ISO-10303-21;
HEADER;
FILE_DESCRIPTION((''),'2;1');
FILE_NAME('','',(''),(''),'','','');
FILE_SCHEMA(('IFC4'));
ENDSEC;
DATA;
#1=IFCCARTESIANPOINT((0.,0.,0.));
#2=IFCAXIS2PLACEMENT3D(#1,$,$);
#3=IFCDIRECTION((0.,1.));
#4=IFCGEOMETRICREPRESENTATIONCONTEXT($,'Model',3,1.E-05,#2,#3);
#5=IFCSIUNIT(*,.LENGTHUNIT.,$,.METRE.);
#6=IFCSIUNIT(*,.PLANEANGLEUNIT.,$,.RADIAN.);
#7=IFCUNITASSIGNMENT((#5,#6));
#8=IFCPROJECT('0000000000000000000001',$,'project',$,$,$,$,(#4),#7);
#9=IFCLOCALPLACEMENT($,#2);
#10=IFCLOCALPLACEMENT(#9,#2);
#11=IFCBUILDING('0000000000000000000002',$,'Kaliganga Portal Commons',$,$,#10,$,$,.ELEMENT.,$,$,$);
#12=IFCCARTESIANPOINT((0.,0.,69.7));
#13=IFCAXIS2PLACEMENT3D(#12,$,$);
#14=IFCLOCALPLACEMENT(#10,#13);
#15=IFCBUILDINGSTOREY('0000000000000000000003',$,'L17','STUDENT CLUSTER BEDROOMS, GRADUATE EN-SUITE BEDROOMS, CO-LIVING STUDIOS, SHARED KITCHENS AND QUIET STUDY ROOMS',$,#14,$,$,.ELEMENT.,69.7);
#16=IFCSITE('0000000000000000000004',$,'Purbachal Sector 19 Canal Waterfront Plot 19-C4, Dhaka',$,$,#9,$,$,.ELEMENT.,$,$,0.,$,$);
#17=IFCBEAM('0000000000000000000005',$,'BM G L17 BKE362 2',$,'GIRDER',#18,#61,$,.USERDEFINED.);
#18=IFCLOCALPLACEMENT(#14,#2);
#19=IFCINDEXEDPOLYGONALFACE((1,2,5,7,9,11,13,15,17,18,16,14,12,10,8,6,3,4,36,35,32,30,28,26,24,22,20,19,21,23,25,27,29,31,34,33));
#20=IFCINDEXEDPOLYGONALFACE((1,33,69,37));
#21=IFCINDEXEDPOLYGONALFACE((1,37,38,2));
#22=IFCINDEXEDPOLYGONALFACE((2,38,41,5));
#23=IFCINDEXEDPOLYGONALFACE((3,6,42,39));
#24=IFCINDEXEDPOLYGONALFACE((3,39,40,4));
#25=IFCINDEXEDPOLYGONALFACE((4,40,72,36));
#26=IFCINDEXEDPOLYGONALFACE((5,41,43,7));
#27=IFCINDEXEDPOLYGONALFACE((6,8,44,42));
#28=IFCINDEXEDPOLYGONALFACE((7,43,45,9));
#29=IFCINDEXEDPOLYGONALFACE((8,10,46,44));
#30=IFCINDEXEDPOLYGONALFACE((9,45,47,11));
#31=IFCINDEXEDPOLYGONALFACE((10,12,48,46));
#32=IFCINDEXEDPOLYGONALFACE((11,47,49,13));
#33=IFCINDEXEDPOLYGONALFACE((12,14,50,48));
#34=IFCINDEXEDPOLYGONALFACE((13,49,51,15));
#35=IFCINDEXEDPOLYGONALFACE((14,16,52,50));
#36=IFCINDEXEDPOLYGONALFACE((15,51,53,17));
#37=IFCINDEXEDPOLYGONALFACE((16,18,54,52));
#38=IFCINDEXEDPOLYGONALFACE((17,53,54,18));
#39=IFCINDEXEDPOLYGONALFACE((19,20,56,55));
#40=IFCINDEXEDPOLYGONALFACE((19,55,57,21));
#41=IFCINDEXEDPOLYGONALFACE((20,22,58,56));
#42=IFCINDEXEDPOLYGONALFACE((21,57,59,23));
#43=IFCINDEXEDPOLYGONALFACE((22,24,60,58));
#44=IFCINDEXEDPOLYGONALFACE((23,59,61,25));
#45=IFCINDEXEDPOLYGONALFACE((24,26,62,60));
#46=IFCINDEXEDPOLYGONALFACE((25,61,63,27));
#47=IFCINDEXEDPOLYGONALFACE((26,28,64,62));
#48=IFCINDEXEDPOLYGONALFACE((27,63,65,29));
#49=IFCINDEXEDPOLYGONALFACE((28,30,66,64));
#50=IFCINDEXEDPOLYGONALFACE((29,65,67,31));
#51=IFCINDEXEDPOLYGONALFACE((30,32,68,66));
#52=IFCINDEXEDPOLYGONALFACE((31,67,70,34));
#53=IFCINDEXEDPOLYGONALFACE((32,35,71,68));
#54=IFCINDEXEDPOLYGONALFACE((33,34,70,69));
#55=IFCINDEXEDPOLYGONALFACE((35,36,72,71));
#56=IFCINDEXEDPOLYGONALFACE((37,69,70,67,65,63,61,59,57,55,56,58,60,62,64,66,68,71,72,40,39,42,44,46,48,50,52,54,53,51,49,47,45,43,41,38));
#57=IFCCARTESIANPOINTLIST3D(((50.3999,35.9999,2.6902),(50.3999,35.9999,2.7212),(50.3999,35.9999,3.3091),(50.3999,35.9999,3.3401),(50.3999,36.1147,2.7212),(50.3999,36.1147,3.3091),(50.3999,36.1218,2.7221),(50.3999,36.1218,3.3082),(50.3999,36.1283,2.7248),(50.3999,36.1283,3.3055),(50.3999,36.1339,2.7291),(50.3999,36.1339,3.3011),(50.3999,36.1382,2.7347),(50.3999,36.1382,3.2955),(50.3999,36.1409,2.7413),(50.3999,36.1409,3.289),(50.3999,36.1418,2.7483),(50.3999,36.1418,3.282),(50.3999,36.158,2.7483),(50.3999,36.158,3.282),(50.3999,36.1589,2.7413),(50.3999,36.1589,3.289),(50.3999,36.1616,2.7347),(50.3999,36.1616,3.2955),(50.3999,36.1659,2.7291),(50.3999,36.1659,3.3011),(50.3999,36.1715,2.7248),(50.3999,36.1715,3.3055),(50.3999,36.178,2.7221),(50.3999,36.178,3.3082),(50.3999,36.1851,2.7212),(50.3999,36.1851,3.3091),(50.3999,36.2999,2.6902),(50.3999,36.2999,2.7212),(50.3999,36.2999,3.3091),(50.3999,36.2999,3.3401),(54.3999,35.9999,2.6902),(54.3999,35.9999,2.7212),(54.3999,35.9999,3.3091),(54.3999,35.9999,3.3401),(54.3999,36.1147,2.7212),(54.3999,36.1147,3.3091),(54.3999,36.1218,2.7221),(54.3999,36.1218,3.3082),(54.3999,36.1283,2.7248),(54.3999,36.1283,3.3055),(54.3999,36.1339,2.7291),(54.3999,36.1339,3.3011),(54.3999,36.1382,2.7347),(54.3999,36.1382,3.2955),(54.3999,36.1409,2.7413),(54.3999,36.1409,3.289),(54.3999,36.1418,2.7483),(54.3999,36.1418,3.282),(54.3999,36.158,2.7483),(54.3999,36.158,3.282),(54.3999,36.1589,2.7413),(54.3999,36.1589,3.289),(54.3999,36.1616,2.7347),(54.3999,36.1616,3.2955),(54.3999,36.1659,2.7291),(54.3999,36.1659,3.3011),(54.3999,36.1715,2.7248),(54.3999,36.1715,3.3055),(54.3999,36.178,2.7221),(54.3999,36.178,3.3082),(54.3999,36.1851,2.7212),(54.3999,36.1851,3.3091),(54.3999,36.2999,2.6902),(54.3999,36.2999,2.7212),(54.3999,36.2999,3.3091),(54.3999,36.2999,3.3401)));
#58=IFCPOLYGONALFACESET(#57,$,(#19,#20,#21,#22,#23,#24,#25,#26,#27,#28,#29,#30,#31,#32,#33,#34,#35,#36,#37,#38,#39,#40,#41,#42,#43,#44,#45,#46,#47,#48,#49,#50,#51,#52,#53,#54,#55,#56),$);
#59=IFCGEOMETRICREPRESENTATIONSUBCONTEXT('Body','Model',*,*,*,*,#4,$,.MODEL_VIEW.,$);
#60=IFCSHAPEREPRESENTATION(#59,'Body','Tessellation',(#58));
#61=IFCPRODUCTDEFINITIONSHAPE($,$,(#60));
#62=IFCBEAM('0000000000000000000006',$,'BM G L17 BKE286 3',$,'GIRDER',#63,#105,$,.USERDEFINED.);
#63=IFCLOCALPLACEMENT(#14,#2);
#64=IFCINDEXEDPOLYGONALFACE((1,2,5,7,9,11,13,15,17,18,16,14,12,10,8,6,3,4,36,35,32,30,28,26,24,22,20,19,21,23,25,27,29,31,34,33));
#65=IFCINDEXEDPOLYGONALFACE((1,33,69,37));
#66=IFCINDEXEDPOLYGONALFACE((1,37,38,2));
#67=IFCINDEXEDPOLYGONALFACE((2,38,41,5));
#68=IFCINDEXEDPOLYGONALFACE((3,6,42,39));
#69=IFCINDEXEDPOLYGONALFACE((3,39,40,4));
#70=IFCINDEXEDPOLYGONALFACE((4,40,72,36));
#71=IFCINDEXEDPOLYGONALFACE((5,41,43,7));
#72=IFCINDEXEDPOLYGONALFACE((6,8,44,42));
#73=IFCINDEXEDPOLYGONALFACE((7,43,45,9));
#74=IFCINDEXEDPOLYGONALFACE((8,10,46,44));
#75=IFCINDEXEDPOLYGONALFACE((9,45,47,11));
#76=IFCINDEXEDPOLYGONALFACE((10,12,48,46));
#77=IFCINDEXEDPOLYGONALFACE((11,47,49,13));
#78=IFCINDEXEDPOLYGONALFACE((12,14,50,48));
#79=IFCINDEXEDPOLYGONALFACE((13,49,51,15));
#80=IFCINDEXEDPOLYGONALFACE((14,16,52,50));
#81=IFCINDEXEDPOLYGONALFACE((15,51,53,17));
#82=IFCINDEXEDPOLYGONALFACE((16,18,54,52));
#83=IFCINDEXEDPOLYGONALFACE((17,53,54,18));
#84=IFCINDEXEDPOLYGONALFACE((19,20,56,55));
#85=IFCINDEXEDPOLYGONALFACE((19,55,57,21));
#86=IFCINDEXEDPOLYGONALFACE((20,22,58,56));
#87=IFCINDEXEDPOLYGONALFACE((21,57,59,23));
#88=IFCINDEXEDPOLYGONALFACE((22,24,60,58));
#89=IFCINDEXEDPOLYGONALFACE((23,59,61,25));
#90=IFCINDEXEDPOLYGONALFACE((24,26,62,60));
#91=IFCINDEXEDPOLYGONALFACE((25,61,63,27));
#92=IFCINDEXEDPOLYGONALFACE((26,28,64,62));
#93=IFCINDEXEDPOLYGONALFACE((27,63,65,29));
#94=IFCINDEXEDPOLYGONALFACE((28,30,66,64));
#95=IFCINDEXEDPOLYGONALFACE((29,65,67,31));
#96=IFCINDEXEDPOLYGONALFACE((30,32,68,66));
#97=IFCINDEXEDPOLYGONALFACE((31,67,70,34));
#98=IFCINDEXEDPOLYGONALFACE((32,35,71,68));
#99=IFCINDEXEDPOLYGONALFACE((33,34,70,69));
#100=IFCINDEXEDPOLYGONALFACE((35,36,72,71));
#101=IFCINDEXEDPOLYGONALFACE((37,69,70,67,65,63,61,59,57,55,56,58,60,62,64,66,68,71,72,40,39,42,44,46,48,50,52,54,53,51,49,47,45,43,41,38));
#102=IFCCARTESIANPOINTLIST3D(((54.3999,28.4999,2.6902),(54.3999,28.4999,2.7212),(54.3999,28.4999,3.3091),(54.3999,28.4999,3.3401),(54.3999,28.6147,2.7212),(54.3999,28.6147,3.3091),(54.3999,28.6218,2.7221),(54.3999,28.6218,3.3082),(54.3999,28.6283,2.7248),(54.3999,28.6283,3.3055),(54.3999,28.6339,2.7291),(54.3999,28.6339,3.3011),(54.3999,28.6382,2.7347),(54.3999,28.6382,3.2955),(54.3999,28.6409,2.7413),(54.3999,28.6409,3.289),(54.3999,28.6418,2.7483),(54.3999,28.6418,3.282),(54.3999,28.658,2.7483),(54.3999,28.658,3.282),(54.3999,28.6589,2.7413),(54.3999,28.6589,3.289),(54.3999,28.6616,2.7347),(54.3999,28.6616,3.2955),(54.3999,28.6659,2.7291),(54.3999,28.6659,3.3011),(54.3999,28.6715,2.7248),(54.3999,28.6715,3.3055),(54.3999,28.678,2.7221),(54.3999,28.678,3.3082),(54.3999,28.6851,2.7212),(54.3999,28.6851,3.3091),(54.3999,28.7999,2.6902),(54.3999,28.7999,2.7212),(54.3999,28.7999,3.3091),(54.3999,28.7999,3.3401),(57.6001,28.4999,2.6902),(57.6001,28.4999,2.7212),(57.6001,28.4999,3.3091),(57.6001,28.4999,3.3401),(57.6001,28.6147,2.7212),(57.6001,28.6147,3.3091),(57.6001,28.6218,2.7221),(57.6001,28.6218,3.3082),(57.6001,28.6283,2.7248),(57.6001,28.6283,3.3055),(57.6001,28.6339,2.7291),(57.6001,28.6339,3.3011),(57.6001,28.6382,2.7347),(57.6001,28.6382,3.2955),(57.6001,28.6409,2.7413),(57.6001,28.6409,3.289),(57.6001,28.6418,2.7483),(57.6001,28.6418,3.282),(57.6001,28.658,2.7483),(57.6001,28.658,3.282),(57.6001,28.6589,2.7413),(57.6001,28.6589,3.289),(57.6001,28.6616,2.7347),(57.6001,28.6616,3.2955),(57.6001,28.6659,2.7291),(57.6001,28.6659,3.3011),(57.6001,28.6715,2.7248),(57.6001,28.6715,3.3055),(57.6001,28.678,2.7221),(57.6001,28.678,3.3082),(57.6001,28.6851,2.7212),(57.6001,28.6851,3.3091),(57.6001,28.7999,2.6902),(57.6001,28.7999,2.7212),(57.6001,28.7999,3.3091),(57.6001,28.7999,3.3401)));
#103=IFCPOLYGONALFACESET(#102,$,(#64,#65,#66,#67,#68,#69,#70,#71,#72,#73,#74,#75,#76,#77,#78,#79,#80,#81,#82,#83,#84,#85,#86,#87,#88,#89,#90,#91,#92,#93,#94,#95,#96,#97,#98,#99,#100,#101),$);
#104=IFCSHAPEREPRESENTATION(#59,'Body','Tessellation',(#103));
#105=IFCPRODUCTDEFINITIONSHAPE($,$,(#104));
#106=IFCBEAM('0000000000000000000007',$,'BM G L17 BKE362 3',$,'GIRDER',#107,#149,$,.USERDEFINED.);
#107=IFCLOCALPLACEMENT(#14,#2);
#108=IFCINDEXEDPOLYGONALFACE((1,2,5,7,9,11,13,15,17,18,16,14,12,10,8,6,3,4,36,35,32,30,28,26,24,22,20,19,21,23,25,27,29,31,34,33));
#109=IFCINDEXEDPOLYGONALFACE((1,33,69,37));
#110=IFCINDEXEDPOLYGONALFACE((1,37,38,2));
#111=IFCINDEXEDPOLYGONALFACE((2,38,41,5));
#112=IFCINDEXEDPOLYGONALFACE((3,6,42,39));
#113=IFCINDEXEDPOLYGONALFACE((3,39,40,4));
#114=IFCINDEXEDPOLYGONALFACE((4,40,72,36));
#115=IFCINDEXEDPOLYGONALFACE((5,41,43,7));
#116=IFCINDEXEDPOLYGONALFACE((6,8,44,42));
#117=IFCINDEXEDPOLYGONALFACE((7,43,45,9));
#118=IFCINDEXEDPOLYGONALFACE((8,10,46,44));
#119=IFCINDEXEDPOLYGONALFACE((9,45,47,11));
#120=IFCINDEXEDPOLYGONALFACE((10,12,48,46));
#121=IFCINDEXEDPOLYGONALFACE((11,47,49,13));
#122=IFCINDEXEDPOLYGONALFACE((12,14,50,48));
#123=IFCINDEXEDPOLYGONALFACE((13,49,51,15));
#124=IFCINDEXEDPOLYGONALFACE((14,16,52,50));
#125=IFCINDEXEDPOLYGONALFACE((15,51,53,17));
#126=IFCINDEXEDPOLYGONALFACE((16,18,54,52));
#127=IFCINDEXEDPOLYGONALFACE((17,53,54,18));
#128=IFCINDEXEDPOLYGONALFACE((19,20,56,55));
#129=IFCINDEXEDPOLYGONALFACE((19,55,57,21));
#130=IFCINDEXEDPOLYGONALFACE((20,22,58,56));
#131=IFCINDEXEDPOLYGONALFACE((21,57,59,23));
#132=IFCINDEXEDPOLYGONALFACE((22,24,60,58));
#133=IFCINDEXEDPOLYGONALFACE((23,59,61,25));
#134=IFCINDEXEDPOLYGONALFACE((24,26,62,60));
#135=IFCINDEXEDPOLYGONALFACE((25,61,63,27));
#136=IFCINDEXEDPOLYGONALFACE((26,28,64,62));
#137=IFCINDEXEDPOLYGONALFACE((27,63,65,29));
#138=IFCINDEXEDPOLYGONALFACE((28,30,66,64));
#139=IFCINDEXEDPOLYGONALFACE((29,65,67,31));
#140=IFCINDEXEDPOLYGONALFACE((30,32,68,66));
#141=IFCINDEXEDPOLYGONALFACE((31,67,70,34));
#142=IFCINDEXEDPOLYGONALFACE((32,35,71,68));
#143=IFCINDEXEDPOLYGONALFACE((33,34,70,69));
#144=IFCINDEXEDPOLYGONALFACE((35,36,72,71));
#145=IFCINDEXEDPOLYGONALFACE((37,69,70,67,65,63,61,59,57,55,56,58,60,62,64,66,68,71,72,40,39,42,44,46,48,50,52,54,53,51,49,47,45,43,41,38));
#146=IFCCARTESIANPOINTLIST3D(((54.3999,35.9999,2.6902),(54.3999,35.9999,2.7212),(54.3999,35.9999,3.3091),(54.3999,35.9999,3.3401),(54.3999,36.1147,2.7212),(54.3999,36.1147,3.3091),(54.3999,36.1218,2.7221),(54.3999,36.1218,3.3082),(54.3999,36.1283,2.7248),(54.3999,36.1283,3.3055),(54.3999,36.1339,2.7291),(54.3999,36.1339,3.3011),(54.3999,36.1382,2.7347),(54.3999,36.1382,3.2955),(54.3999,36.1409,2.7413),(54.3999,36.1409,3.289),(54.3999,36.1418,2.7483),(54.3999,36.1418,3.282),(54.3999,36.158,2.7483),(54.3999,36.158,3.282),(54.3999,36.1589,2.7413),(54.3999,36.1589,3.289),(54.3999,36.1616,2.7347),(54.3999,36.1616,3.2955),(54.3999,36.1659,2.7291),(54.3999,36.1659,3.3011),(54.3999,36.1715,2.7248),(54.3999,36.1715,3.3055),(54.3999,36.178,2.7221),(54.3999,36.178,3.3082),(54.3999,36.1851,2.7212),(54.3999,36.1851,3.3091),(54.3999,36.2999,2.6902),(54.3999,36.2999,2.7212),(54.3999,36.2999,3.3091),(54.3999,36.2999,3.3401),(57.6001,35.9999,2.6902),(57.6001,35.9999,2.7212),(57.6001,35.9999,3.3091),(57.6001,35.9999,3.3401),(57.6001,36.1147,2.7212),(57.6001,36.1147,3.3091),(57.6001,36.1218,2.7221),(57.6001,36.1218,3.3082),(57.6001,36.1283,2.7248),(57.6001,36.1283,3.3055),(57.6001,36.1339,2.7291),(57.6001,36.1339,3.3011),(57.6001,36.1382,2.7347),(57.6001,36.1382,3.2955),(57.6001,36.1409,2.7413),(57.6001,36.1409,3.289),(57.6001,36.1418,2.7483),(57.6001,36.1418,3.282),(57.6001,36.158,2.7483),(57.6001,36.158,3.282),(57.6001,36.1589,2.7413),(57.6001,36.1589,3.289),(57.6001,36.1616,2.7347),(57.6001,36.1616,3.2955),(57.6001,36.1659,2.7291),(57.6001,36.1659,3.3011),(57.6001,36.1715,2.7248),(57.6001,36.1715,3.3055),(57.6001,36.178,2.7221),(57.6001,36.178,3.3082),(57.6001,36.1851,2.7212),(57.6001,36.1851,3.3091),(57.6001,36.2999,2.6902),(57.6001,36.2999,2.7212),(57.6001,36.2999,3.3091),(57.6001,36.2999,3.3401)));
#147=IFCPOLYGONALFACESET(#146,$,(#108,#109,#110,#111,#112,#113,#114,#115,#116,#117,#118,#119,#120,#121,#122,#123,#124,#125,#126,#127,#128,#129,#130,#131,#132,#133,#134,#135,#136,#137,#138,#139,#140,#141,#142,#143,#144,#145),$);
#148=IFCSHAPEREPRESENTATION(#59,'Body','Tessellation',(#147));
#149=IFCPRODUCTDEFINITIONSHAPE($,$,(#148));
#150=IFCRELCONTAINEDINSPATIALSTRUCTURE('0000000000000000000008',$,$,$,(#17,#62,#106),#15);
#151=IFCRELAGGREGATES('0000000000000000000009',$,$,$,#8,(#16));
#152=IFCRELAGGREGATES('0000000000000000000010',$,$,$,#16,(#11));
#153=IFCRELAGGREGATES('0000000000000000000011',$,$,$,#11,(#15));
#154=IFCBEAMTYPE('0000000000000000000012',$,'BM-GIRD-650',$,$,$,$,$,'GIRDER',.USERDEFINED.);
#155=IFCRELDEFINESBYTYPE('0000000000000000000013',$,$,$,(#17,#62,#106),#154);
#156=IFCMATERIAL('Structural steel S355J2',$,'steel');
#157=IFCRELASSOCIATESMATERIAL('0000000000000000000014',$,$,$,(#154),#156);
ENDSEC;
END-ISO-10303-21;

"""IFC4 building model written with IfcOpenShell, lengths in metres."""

from ifc_helpers import new_model, si_unit, direction, frame, origin, origin_2d, place, context, subcontext, project, spatial, i_section, extrude, source, transform, mapped, material, material_profile, profile_set, type_object, element, save


model = new_model("IFC4")

# Units and contexts
model_context = context("Model", 3, precision=1e-05, world=origin(), true_north=direction((0.0, 1.0)))
body_context = subcontext(model_context, "Body", "Model", "MODEL_VIEW")
ifc_project = project(units=[si_unit("LENGTHUNIT", "METRE"), si_unit("PLANEANGLEUNIT", "RADIAN")], contexts=[model_context])

# Site, building, storey
site_placement = place(None, origin())
site = spatial("IfcSite", under=ifc_project, at=site_placement, Name="Purbachal Sector 19 Canal Waterfront Plot 19-C4, Dhaka", CompositionType="ELEMENT", RefElevation=0.0)
building_placement = place(site_placement, origin())
building = spatial("IfcBuilding", under=site, at=building_placement, Name="Kaliganga Portal Commons", CompositionType="ELEMENT")
storey_placement = place(building_placement, frame((0.0, 0.0, 69.7)))
storey = spatial("IfcBuildingStorey", under=building, at=storey_placement, Name="L17", Description="STUDENT CLUSTER BEDROOMS, GRADUATE EN-SUITE BEDROOMS, CO-LIVING STUDIOS, SHARED KITCHENS AND QUIET STUDY ROOMS", CompositionType="ELEMENT", Elevation=69.7)

# Beams
ifc_material_1 = material(Name="Structural steel S355J2", Category="steel")
ifc_material_profile_1 = material_profile(ifc_material_1, i_section(OverallWidth=0.3, OverallDepth=0.6499, WebThickness=0.0161, FlangeThickness=0.031, FilletRadius=0.0271, at=origin_2d()), Name="HE 650 B")
ifc_profile_set_1 = profile_set([ifc_material_profile_1], Name="Structural steel S355J2 wide-flange")
beam_type_1 = type_object("IfcBeamType", Name="BM-GIRD-650", ElementType="GIRDER", PredefinedType="USERDEFINED", material=ifc_profile_set_1)
shared_shape_1 = source(origin(), body_context, "Body", "SweptSolid", [
    extrude(i_section(OverallWidth=0.3, OverallDepth=0.6499, WebThickness=0.0161, FlangeThickness=0.031, FilletRadius=0.0271, at=origin_2d()), origin(), (0.0, 0.0, 1.0), 4.0),
])
beam_1_placement = place(storey_placement, frame((50.3999, 36.1499, 3.0151), z_axis=(1.0, 0.0, 0.0), x_axis=(0.0, 1.0, 0.0)))
element("IfcBeam", 1, at=beam_1_placement, inside=storey, type_object=beam_type_1, Name="BM G L17 BKE362 2", ObjectType="GIRDER", PredefinedType="USERDEFINED", context=body_context, shape_type="MappedRepresentation", body=[
    mapped(shared_shape_1, transform((0.0, 0.0, 0.0), x_axis=(1.0, 0.0, 0.0), y_axis=(0.0, 1.0, 0.0), z_axis=(0.0, 0.0, 1.0), scale=1.0)),
])
shared_shape_2 = source(origin(), body_context, "Body", "SweptSolid", [
    extrude(i_section(OverallWidth=0.3, OverallDepth=0.6499, WebThickness=0.0161, FlangeThickness=0.031, FilletRadius=0.0271, at=origin_2d()), origin(), (0.0, 0.0, 1.0), 3.2002),
])
for number, where, z_axis, x_axis, name in (
    (2, (54.3999, 28.6499, 3.0151), (1.0, 0.0, 0.0), (0.0, 1.0, 0.0), "BM G L17 BKE286 3"),
    (3, (54.3999, 36.1499, 3.0151), (1.0, 0.0, 0.0), (0.0, 1.0, 0.0), "BM G L17 BKE362 3"),
):
    element("IfcBeam", number, at=place(storey_placement, frame(where, z_axis=z_axis, x_axis=x_axis)), inside=storey, type_object=beam_type_1, Name=name, ObjectType="GIRDER", PredefinedType="USERDEFINED", context=body_context, shape_type="MappedRepresentation", body=[
        mapped(shared_shape_2, transform((0.0, 0.0, 0.0), x_axis=(1.0, 0.0, 0.0), y_axis=(0.0, 1.0, 0.0), z_axis=(0.0, 0.0, 1.0), scale=1.0)),
    ])

save(model, "model.ifc")
